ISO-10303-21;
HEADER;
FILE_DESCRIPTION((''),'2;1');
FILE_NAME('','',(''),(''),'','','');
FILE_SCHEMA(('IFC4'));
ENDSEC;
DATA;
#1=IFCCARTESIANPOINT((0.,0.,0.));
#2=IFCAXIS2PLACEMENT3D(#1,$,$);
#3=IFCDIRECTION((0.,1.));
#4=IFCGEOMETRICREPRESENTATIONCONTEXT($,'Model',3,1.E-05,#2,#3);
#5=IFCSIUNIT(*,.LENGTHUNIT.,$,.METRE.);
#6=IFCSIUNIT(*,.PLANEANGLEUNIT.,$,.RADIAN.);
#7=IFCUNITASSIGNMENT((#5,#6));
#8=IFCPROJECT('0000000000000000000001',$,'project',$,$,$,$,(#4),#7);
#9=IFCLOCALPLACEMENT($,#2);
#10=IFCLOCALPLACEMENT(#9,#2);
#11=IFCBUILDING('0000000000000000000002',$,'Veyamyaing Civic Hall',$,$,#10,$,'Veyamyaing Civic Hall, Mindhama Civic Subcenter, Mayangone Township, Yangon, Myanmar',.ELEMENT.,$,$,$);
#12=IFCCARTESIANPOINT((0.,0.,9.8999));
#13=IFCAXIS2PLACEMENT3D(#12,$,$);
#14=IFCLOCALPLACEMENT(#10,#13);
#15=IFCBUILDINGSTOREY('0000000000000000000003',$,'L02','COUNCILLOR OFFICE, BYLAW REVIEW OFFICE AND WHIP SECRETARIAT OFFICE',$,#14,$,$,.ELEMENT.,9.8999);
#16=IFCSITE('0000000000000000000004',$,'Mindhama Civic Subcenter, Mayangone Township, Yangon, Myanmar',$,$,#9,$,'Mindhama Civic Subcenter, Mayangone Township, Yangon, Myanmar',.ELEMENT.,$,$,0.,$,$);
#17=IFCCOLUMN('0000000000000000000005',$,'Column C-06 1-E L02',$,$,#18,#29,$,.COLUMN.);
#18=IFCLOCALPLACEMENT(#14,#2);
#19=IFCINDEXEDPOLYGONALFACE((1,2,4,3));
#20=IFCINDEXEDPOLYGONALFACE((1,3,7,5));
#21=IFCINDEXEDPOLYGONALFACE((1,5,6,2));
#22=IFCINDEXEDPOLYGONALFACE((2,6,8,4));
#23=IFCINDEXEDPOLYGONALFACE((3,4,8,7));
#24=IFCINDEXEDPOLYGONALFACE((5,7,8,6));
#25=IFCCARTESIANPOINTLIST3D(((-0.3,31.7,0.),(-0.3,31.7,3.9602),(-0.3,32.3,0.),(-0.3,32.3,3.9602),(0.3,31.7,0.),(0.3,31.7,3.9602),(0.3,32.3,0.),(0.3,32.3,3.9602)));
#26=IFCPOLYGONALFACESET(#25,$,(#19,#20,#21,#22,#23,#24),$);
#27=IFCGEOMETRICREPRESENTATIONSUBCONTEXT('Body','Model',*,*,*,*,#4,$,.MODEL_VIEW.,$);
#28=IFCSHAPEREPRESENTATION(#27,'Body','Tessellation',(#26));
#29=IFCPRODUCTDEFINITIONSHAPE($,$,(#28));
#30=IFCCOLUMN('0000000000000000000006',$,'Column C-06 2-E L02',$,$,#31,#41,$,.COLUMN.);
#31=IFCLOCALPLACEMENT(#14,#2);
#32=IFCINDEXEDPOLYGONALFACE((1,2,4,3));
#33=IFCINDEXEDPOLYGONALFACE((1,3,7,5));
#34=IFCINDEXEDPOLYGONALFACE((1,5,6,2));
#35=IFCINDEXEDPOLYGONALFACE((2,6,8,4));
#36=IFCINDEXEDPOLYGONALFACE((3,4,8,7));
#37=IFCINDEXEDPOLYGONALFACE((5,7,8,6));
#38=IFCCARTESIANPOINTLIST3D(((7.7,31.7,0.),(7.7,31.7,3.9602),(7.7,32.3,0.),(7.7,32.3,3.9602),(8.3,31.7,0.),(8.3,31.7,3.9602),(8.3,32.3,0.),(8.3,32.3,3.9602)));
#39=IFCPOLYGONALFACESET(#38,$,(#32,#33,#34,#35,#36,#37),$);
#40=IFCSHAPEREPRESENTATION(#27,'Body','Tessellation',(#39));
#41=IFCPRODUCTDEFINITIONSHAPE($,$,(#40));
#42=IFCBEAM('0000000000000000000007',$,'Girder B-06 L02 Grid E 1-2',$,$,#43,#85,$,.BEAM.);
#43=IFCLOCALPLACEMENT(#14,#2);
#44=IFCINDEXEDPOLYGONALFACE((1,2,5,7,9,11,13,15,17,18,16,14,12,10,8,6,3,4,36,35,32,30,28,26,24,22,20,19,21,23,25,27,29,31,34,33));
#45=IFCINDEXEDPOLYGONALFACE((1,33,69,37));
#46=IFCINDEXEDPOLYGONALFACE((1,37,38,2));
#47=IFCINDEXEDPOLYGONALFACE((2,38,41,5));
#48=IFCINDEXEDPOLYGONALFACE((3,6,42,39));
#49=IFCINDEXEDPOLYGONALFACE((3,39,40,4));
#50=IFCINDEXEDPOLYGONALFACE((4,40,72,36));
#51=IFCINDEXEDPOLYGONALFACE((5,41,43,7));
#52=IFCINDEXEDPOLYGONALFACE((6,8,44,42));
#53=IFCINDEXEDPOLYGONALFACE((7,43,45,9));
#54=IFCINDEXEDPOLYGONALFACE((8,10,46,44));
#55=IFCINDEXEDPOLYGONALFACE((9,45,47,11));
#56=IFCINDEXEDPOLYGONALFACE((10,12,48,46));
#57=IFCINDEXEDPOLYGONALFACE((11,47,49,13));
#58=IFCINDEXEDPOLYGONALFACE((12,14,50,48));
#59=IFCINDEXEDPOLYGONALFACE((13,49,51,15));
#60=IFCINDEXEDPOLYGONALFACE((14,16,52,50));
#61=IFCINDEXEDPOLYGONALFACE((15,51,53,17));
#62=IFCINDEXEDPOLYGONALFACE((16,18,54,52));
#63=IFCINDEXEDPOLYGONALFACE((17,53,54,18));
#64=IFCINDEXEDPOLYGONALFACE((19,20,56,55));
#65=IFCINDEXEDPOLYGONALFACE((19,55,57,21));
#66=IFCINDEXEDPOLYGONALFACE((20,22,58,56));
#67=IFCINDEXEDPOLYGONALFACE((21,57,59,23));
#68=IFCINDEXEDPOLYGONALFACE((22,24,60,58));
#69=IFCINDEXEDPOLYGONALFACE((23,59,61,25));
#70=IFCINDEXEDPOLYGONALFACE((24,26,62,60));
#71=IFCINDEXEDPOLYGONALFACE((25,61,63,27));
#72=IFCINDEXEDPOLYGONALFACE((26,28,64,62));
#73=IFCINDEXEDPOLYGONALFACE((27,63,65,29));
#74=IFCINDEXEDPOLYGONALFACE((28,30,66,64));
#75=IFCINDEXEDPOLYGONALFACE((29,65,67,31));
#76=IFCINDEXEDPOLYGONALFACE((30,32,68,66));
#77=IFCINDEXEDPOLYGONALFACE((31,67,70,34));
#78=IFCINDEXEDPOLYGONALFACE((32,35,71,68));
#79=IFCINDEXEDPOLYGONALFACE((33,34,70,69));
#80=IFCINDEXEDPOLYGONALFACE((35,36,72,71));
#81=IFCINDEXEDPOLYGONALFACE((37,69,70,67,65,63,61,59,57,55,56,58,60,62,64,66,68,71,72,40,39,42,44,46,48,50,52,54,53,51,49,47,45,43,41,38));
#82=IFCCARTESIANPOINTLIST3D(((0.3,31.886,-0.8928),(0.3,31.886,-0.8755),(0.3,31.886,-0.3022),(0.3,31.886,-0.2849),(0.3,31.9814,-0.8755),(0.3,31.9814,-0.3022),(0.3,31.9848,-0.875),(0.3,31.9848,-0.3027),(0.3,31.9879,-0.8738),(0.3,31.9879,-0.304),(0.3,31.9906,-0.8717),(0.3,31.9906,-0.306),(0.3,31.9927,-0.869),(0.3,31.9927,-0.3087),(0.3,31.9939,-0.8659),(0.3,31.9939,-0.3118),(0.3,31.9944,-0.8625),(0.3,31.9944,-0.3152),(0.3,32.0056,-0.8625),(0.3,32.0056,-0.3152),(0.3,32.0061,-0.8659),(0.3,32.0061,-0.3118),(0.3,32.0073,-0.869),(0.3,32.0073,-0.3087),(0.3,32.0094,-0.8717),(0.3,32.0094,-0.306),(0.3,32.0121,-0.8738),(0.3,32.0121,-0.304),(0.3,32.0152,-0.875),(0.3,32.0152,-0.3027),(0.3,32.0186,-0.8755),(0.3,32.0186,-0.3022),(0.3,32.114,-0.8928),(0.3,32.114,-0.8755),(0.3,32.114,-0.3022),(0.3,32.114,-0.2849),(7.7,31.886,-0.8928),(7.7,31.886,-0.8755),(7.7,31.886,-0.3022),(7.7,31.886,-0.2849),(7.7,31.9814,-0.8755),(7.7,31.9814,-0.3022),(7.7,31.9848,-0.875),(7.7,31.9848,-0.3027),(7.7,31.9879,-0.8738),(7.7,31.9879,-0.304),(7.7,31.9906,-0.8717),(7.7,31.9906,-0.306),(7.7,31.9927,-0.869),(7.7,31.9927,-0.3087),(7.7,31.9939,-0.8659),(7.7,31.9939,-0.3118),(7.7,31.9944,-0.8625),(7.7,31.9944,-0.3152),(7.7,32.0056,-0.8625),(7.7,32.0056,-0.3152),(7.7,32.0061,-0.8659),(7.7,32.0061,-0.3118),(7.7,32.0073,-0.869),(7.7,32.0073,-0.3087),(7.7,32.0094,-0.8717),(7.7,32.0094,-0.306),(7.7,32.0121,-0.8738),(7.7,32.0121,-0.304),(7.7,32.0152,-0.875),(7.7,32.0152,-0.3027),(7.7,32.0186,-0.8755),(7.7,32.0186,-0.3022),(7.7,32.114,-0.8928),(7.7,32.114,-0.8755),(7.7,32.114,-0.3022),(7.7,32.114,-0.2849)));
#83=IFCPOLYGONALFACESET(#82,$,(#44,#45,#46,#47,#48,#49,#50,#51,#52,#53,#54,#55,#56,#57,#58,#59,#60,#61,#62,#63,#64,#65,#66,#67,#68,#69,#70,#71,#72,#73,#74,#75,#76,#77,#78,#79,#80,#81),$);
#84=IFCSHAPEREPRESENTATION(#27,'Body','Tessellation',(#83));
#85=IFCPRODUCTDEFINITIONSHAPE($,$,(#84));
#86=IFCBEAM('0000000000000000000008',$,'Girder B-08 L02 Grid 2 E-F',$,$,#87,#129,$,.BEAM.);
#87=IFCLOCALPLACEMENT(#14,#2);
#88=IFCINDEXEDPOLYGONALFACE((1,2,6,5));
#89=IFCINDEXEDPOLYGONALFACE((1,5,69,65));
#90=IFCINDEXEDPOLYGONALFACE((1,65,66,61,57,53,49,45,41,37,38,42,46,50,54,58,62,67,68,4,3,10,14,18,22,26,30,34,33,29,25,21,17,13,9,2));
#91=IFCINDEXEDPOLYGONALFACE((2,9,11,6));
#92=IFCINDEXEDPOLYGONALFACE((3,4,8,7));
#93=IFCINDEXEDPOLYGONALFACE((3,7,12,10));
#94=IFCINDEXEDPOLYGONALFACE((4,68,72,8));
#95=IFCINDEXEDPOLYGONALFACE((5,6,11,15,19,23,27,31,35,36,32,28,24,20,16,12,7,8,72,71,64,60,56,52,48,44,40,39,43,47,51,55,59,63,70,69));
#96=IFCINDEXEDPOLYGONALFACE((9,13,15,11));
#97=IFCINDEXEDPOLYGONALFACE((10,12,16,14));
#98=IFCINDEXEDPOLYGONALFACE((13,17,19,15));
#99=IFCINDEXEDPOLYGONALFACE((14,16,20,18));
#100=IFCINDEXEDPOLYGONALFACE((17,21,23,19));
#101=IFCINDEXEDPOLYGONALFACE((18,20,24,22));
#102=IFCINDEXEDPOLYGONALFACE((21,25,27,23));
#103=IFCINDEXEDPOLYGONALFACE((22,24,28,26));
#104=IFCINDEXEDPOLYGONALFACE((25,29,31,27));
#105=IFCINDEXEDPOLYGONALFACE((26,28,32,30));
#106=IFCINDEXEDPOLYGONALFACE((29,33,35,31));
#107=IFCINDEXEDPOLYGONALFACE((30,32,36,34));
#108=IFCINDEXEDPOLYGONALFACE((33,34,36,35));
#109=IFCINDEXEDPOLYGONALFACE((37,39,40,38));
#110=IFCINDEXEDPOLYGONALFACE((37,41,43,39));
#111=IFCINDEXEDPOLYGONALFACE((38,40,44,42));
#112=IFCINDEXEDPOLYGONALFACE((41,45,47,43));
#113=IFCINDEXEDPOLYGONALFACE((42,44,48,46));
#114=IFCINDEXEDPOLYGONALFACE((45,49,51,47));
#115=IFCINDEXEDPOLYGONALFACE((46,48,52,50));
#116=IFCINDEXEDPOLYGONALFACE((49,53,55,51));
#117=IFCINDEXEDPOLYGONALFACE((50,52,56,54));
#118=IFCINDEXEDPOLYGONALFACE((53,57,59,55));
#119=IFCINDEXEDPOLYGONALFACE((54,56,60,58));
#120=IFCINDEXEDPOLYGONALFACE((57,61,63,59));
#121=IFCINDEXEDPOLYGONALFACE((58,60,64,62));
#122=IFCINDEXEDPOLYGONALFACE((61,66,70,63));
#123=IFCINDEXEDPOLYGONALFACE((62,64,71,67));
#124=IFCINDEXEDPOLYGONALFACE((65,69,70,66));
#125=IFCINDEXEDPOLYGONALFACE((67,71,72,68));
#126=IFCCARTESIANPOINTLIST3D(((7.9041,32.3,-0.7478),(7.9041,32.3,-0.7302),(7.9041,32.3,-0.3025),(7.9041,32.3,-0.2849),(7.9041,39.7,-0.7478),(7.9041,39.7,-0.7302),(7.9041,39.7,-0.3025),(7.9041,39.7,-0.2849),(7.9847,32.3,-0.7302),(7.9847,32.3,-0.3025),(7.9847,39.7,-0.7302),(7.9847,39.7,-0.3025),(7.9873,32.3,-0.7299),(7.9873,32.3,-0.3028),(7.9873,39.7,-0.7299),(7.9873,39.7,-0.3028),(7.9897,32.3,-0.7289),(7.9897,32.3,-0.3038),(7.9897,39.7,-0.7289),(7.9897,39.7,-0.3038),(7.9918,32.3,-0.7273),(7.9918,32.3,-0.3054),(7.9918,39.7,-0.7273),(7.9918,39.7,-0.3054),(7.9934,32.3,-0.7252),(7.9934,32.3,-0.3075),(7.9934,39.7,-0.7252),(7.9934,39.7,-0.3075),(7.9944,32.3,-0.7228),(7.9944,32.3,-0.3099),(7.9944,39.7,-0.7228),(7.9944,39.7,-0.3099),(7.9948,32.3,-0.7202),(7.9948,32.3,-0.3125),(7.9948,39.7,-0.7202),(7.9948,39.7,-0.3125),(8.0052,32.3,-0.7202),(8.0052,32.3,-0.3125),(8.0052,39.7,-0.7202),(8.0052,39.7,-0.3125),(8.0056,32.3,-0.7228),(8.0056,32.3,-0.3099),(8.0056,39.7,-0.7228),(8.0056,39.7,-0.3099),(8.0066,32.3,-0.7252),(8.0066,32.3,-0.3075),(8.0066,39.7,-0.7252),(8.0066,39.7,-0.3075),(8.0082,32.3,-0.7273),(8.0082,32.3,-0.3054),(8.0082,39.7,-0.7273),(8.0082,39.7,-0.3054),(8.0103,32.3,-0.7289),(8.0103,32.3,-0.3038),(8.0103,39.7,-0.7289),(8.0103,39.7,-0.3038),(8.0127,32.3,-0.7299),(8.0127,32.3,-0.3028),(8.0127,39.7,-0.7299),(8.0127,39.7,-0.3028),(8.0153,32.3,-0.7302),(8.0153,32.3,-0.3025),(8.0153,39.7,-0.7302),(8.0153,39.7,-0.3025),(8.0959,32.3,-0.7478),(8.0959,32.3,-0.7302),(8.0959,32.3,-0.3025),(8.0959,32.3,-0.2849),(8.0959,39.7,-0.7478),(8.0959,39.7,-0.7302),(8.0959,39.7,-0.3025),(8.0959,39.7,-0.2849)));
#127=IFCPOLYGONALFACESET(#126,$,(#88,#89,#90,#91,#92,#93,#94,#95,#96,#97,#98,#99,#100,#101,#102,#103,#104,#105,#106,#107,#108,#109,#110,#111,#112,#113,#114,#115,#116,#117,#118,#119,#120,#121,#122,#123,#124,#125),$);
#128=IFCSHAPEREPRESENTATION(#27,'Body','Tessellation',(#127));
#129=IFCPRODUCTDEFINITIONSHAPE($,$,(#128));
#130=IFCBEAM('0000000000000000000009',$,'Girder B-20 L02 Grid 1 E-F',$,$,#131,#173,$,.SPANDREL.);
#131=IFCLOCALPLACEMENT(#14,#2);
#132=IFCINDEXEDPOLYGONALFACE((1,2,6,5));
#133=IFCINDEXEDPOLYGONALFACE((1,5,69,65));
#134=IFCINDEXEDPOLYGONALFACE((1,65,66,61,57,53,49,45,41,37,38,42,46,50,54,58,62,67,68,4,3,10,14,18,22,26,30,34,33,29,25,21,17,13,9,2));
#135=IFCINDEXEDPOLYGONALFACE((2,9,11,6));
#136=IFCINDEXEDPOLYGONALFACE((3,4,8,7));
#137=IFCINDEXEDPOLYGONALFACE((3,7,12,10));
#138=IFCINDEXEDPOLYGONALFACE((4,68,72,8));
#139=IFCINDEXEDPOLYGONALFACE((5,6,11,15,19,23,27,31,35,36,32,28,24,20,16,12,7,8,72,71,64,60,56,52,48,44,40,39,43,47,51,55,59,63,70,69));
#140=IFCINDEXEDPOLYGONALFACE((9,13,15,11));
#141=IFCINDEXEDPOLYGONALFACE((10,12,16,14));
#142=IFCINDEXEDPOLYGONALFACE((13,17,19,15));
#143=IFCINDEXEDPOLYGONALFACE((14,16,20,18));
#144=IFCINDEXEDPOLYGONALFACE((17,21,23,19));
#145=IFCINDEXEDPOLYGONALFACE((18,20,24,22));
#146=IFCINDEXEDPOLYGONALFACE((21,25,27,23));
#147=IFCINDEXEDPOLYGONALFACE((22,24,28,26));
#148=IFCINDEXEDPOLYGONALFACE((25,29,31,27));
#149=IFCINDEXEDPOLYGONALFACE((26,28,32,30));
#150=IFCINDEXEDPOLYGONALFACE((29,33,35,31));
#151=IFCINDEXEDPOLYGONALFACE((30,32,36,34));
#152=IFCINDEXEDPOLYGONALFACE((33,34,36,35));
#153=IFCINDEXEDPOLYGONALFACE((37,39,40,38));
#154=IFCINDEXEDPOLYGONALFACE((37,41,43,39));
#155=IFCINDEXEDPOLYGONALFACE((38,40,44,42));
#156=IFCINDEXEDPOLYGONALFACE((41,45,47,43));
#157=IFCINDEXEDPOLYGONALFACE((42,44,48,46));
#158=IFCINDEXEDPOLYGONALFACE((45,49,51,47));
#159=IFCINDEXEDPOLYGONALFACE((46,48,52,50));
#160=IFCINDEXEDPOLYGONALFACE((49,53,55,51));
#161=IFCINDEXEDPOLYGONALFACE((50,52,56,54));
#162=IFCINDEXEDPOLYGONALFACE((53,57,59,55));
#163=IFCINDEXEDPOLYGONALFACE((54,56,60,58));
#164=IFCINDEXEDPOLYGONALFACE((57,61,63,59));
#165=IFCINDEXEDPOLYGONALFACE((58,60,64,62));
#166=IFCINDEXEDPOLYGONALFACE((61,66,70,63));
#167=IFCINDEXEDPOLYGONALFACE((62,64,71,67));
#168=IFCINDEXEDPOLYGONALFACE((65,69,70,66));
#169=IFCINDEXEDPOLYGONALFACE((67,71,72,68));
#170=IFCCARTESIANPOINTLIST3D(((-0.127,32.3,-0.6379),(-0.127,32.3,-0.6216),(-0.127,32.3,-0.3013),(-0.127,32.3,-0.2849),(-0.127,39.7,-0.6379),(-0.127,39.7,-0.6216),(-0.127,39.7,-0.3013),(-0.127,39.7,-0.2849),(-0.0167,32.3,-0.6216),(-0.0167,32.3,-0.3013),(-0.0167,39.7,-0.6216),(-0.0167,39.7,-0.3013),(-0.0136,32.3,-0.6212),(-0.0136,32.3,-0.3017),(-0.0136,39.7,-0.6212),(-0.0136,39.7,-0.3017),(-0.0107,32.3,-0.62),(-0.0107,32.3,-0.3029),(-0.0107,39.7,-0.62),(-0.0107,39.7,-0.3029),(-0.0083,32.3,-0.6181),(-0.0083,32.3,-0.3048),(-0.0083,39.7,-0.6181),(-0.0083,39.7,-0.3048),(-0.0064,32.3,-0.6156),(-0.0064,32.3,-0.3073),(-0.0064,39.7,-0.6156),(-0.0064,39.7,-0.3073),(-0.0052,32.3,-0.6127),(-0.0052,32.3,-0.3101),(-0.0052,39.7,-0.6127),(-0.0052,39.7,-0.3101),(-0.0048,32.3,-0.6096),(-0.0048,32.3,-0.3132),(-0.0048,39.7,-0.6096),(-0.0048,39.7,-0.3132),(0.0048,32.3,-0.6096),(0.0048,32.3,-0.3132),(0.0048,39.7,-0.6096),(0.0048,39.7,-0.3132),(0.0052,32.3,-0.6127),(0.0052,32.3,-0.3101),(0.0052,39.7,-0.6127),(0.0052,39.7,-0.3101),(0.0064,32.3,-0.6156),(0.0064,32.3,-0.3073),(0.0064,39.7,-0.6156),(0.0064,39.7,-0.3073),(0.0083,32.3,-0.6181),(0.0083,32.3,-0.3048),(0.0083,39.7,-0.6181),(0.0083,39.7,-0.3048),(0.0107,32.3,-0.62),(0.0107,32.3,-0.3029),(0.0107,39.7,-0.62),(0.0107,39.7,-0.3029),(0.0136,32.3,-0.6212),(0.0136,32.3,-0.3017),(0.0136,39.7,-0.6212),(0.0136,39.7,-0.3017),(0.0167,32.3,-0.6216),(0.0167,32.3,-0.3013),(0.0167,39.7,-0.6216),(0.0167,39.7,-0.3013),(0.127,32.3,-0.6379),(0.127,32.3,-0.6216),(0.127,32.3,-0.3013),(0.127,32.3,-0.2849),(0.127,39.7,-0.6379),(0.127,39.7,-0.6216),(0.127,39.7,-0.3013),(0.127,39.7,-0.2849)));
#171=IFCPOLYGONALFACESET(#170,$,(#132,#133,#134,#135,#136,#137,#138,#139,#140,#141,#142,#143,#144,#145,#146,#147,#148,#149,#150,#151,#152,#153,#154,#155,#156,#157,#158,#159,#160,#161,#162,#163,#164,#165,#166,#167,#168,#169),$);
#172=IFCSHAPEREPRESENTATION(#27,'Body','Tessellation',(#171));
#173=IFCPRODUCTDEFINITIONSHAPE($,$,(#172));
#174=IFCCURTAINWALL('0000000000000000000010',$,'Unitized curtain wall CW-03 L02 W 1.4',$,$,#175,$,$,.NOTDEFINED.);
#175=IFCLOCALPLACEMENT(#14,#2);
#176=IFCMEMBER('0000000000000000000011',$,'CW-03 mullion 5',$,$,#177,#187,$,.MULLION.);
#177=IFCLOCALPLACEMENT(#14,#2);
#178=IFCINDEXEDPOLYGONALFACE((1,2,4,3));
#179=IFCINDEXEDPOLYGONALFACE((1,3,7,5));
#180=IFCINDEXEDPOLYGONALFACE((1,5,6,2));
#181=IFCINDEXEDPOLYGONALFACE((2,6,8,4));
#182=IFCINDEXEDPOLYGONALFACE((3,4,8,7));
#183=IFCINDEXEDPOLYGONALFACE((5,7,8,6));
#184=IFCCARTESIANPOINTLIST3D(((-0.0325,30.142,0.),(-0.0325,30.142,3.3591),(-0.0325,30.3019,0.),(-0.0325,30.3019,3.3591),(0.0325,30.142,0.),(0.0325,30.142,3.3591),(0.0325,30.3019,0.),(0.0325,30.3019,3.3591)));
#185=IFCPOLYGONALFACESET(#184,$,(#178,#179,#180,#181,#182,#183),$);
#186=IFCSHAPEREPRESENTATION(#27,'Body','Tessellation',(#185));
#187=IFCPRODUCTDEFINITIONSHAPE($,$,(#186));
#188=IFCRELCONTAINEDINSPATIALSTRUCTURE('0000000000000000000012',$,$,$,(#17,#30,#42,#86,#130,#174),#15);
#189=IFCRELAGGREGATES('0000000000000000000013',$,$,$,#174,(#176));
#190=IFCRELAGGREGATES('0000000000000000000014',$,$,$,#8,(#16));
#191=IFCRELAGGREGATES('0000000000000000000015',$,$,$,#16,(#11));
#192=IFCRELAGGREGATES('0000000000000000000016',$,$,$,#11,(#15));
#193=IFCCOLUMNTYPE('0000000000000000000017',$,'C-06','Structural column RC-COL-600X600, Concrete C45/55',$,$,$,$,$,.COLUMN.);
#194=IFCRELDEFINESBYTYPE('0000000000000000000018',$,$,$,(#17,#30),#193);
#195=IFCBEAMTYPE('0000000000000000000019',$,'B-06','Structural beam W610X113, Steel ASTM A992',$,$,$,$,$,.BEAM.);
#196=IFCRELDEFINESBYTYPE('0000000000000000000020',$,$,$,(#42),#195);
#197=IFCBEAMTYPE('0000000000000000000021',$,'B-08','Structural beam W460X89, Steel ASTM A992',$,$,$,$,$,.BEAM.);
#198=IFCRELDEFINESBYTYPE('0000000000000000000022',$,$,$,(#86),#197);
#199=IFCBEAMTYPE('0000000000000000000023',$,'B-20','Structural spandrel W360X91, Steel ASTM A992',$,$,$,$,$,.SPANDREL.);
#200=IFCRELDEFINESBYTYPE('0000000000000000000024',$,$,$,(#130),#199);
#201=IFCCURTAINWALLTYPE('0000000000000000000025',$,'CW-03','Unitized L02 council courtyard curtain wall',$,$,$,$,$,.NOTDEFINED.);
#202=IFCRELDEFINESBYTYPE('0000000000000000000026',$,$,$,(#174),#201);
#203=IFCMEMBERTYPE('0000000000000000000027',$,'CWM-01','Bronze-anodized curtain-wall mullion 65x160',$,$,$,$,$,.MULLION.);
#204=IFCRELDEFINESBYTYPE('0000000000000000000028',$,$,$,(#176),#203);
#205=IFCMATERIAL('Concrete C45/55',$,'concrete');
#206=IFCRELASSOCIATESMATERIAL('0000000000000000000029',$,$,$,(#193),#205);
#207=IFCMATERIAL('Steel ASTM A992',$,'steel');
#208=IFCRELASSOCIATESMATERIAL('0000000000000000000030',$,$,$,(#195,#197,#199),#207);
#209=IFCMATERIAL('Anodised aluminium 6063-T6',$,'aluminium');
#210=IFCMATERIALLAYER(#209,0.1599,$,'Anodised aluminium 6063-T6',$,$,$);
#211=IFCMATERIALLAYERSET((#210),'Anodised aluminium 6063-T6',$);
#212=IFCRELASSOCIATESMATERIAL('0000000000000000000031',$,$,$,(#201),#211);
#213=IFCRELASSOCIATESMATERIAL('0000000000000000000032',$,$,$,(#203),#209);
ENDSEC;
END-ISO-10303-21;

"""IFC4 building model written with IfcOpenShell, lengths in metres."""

from ifc_helpers import new_model, si_unit, direction, frame, origin, origin_2d, place, context, subcontext, project, spatial, rectangle, i_section, extrude, material, layer, layer_set, material_profile, profile_set, type_object, element, aggregate, save


model = new_model("IFC4")

# Units and contexts
model_context = context("Model", 3, precision=1e-05, world=origin(), true_north=direction((0.0, 1.0)))
body_context = subcontext(model_context, "Body", "Model", "MODEL_VIEW")
ifc_project = project(units=[si_unit("LENGTHUNIT", "METRE"), si_unit("PLANEANGLEUNIT", "RADIAN")], contexts=[model_context])

# Site, building, storey
site_placement = place(None, origin())
site = spatial("IfcSite", under=ifc_project, at=site_placement, Name="Mindhama Civic Subcenter, Mayangone Township, Yangon, Myanmar", LongName="Mindhama Civic Subcenter, Mayangone Township, Yangon, Myanmar", CompositionType="ELEMENT", RefElevation=0.0)
building_placement = place(site_placement, origin())
building = spatial("IfcBuilding", under=site, at=building_placement, Name="Veyamyaing Civic Hall", LongName="Veyamyaing Civic Hall, Mindhama Civic Subcenter, Mayangone Township, Yangon, Myanmar", CompositionType="ELEMENT")
storey_placement = place(building_placement, frame((0.0, 0.0, 9.8999)))
storey = spatial("IfcBuildingStorey", under=building, at=storey_placement, Name="L02", Description="COUNCILLOR OFFICE, BYLAW REVIEW OFFICE AND WHIP SECRETARIAT OFFICE", CompositionType="ELEMENT", Elevation=9.8999)

# Columns
ifc_material_1 = material(Name="Concrete C45/55", Category="concrete")
ifc_material_profile_1 = material_profile(ifc_material_1, rectangle(XDim=0.6001, YDim=0.6001, at=origin_2d()), Name="RC-COL-600X600")
ifc_profile_set_1 = profile_set([ifc_material_profile_1], Name="Concrete C45/55")
column_type = type_object("IfcColumnType", Name="C-06", Description="Structural column RC-COL-600X600, Concrete C45/55", PredefinedType="COLUMN", material=ifc_profile_set_1)
for number, where, z_axis, x_axis, name in (
    (1, (0.0, 32.0, 0.0), (0.0, 0.0, 1.0), (1.0, 0.0, 0.0), "Column C-06 1-E L02"),
    (2, (8.0, 32.0, 0.0), (0.0, 0.0, 1.0), (1.0, 0.0, 0.0), "Column C-06 2-E L02"),
):
    element("IfcColumn", number, at=place(storey_placement, frame(where, z_axis=z_axis, x_axis=x_axis)), inside=storey, type_object=column_type, Name=name, PredefinedType="COLUMN", context=body_context, shape_type="SweptSolid", body=[
        extrude(rectangle(XDim=0.6001, YDim=0.6001, at=origin_2d()), origin(), (0.0, 0.0, 1.0), 3.9602),
    ])

# Beams
ifc_material_2 = material(Name="Steel ASTM A992", Category="steel")
ifc_material_profile_2 = material_profile(ifc_material_2, i_section(OverallWidth=0.228, OverallDepth=0.6079, WebThickness=0.0112, FlangeThickness=0.0173, FilletRadius=0.0129, at=origin_2d()), Name="W610X113")
ifc_profile_set_2 = profile_set([ifc_material_profile_2], Name="Steel ASTM A992")
beam_type_1 = type_object("IfcBeamType", Name="B-06", Description="Structural beam W610X113, Steel ASTM A992", PredefinedType="BEAM", material=ifc_profile_set_2)
beam_1_placement = place(storey_placement, frame((0.3, 32.0, -0.5889), z_axis=(1.0, 0.0, 0.0), x_axis=(0.0, 1.0, 0.0)))
element("IfcBeam", 3, at=beam_1_placement, inside=storey, type_object=beam_type_1, Name="Girder B-06 L02 Grid E 1-2", PredefinedType="BEAM", context=body_context, shape_type="SweptSolid", body=[
    extrude(i_section(OverallWidth=0.228, OverallDepth=0.6079, WebThickness=0.0112, FlangeThickness=0.0173, FilletRadius=0.0129, at=origin_2d()), origin(), (0.0, 0.0, 1.0), 7.3999),
])
ifc_material_profile_3 = material_profile(ifc_material_2, i_section(OverallWidth=0.1919, OverallDepth=0.4629, WebThickness=0.0105, FlangeThickness=0.0176, FilletRadius=0.01, at=origin_2d()), Name="W460X89")
ifc_profile_set_3 = profile_set([ifc_material_profile_3], Name="Steel ASTM A992")
beam_type_2 = type_object("IfcBeamType", Name="B-08", Description="Structural beam W460X89, Steel ASTM A992", PredefinedType="BEAM", material=ifc_profile_set_3)
beam_2_placement = place(storey_placement, frame((8.0, 32.3, -0.5164), z_axis=(0.0, 1.0, 0.0), x_axis=(-1.0, 0.0, 0.0)))
element("IfcBeam", 4, at=beam_2_placement, inside=storey, type_object=beam_type_2, Name="Girder B-08 L02 Grid 2 E-F", PredefinedType="BEAM", context=body_context, shape_type="SweptSolid", body=[
    extrude(i_section(OverallWidth=0.1919, OverallDepth=0.4629, WebThickness=0.0105, FlangeThickness=0.0176, FilletRadius=0.01, at=origin_2d()), origin(), (0.0, 0.0, 1.0), 7.3999),
])
ifc_material_profile_4 = material_profile(ifc_material_2, i_section(OverallWidth=0.2539, OverallDepth=0.353, WebThickness=0.0095, FlangeThickness=0.0164, FilletRadius=0.012, at=origin_2d()), Name="W360X91")
ifc_profile_set_4 = profile_set([ifc_material_profile_4], Name="Steel ASTM A992")
beam_type_3 = type_object("IfcBeamType", Name="B-20", Description="Structural spandrel W360X91, Steel ASTM A992", PredefinedType="SPANDREL", material=ifc_profile_set_4)
beam_3_placement = place(storey_placement, frame((0.0, 32.3, -0.4614), z_axis=(0.0, 1.0, 0.0), x_axis=(-1.0, 0.0, 0.0)))
element("IfcBeam", 5, at=beam_3_placement, inside=storey, type_object=beam_type_3, Name="Girder B-20 L02 Grid 1 E-F", PredefinedType="SPANDREL", context=body_context, shape_type="SweptSolid", body=[
    extrude(i_section(OverallWidth=0.2539, OverallDepth=0.353, WebThickness=0.0095, FlangeThickness=0.0164, FilletRadius=0.012, at=origin_2d()), origin(), (0.0, 0.0, 1.0), 7.3999),
])

# Curtain wall, member
ifc_material_3 = material(Name="Anodised aluminium 6063-T6", Category="aluminium")
ifc_layer_1 = layer(ifc_material_3, 0.1599, Name="Anodised aluminium 6063-T6")
ifc_layer_set_1 = layer_set([ifc_layer_1], Name="Anodised aluminium 6063-T6")
curtain_wall_type = type_object("IfcCurtainWallType", Name="CW-03", Description="Unitized L02 council courtyard curtain wall", PredefinedType="NOTDEFINED", material=ifc_layer_set_1)
curtain_wall_placement = place(storey_placement, origin())
curtain_wall = element("IfcCurtainWall", 6, at=curtain_wall_placement, inside=storey, type_object=curtain_wall_type, Name="Unitized curtain wall CW-03 L02 W 1.4", PredefinedType="NOTDEFINED")
ifc_material_profile_5 = material_profile(ifc_material_3, rectangle(XDim=0.0649, YDim=0.1599, at=origin_2d()), Name="ALU-MUL-65X160")
ifc_profile_set_5 = profile_set([ifc_material_profile_5], Name="Anodised aluminium 6063-T6")
member_type_1 = type_object("IfcMemberType", Name="CWM-01", Description="Bronze-anodized curtain-wall mullion 65x160", PredefinedType="MULLION", material=ifc_profile_set_5)
member_1_placement = place(storey_placement, frame((0.0, 30.2219, 0.0), z_axis=(0.0, 0.0, 1.0), x_axis=(-1.0, 0.0, 0.0)))
member_1 = element("IfcMember", 7, at=member_1_placement, type_object=member_type_1, Name="CW-03 mullion 5", PredefinedType="MULLION", context=body_context, shape_type="SweptSolid", body=[
    extrude(rectangle(XDim=0.0649, YDim=0.1599, at=origin_2d()), origin(), (0.0, 0.0, 1.0), 3.3591),
])

aggregate(curtain_wall, [member_1])

save(model, "model.ifc")
